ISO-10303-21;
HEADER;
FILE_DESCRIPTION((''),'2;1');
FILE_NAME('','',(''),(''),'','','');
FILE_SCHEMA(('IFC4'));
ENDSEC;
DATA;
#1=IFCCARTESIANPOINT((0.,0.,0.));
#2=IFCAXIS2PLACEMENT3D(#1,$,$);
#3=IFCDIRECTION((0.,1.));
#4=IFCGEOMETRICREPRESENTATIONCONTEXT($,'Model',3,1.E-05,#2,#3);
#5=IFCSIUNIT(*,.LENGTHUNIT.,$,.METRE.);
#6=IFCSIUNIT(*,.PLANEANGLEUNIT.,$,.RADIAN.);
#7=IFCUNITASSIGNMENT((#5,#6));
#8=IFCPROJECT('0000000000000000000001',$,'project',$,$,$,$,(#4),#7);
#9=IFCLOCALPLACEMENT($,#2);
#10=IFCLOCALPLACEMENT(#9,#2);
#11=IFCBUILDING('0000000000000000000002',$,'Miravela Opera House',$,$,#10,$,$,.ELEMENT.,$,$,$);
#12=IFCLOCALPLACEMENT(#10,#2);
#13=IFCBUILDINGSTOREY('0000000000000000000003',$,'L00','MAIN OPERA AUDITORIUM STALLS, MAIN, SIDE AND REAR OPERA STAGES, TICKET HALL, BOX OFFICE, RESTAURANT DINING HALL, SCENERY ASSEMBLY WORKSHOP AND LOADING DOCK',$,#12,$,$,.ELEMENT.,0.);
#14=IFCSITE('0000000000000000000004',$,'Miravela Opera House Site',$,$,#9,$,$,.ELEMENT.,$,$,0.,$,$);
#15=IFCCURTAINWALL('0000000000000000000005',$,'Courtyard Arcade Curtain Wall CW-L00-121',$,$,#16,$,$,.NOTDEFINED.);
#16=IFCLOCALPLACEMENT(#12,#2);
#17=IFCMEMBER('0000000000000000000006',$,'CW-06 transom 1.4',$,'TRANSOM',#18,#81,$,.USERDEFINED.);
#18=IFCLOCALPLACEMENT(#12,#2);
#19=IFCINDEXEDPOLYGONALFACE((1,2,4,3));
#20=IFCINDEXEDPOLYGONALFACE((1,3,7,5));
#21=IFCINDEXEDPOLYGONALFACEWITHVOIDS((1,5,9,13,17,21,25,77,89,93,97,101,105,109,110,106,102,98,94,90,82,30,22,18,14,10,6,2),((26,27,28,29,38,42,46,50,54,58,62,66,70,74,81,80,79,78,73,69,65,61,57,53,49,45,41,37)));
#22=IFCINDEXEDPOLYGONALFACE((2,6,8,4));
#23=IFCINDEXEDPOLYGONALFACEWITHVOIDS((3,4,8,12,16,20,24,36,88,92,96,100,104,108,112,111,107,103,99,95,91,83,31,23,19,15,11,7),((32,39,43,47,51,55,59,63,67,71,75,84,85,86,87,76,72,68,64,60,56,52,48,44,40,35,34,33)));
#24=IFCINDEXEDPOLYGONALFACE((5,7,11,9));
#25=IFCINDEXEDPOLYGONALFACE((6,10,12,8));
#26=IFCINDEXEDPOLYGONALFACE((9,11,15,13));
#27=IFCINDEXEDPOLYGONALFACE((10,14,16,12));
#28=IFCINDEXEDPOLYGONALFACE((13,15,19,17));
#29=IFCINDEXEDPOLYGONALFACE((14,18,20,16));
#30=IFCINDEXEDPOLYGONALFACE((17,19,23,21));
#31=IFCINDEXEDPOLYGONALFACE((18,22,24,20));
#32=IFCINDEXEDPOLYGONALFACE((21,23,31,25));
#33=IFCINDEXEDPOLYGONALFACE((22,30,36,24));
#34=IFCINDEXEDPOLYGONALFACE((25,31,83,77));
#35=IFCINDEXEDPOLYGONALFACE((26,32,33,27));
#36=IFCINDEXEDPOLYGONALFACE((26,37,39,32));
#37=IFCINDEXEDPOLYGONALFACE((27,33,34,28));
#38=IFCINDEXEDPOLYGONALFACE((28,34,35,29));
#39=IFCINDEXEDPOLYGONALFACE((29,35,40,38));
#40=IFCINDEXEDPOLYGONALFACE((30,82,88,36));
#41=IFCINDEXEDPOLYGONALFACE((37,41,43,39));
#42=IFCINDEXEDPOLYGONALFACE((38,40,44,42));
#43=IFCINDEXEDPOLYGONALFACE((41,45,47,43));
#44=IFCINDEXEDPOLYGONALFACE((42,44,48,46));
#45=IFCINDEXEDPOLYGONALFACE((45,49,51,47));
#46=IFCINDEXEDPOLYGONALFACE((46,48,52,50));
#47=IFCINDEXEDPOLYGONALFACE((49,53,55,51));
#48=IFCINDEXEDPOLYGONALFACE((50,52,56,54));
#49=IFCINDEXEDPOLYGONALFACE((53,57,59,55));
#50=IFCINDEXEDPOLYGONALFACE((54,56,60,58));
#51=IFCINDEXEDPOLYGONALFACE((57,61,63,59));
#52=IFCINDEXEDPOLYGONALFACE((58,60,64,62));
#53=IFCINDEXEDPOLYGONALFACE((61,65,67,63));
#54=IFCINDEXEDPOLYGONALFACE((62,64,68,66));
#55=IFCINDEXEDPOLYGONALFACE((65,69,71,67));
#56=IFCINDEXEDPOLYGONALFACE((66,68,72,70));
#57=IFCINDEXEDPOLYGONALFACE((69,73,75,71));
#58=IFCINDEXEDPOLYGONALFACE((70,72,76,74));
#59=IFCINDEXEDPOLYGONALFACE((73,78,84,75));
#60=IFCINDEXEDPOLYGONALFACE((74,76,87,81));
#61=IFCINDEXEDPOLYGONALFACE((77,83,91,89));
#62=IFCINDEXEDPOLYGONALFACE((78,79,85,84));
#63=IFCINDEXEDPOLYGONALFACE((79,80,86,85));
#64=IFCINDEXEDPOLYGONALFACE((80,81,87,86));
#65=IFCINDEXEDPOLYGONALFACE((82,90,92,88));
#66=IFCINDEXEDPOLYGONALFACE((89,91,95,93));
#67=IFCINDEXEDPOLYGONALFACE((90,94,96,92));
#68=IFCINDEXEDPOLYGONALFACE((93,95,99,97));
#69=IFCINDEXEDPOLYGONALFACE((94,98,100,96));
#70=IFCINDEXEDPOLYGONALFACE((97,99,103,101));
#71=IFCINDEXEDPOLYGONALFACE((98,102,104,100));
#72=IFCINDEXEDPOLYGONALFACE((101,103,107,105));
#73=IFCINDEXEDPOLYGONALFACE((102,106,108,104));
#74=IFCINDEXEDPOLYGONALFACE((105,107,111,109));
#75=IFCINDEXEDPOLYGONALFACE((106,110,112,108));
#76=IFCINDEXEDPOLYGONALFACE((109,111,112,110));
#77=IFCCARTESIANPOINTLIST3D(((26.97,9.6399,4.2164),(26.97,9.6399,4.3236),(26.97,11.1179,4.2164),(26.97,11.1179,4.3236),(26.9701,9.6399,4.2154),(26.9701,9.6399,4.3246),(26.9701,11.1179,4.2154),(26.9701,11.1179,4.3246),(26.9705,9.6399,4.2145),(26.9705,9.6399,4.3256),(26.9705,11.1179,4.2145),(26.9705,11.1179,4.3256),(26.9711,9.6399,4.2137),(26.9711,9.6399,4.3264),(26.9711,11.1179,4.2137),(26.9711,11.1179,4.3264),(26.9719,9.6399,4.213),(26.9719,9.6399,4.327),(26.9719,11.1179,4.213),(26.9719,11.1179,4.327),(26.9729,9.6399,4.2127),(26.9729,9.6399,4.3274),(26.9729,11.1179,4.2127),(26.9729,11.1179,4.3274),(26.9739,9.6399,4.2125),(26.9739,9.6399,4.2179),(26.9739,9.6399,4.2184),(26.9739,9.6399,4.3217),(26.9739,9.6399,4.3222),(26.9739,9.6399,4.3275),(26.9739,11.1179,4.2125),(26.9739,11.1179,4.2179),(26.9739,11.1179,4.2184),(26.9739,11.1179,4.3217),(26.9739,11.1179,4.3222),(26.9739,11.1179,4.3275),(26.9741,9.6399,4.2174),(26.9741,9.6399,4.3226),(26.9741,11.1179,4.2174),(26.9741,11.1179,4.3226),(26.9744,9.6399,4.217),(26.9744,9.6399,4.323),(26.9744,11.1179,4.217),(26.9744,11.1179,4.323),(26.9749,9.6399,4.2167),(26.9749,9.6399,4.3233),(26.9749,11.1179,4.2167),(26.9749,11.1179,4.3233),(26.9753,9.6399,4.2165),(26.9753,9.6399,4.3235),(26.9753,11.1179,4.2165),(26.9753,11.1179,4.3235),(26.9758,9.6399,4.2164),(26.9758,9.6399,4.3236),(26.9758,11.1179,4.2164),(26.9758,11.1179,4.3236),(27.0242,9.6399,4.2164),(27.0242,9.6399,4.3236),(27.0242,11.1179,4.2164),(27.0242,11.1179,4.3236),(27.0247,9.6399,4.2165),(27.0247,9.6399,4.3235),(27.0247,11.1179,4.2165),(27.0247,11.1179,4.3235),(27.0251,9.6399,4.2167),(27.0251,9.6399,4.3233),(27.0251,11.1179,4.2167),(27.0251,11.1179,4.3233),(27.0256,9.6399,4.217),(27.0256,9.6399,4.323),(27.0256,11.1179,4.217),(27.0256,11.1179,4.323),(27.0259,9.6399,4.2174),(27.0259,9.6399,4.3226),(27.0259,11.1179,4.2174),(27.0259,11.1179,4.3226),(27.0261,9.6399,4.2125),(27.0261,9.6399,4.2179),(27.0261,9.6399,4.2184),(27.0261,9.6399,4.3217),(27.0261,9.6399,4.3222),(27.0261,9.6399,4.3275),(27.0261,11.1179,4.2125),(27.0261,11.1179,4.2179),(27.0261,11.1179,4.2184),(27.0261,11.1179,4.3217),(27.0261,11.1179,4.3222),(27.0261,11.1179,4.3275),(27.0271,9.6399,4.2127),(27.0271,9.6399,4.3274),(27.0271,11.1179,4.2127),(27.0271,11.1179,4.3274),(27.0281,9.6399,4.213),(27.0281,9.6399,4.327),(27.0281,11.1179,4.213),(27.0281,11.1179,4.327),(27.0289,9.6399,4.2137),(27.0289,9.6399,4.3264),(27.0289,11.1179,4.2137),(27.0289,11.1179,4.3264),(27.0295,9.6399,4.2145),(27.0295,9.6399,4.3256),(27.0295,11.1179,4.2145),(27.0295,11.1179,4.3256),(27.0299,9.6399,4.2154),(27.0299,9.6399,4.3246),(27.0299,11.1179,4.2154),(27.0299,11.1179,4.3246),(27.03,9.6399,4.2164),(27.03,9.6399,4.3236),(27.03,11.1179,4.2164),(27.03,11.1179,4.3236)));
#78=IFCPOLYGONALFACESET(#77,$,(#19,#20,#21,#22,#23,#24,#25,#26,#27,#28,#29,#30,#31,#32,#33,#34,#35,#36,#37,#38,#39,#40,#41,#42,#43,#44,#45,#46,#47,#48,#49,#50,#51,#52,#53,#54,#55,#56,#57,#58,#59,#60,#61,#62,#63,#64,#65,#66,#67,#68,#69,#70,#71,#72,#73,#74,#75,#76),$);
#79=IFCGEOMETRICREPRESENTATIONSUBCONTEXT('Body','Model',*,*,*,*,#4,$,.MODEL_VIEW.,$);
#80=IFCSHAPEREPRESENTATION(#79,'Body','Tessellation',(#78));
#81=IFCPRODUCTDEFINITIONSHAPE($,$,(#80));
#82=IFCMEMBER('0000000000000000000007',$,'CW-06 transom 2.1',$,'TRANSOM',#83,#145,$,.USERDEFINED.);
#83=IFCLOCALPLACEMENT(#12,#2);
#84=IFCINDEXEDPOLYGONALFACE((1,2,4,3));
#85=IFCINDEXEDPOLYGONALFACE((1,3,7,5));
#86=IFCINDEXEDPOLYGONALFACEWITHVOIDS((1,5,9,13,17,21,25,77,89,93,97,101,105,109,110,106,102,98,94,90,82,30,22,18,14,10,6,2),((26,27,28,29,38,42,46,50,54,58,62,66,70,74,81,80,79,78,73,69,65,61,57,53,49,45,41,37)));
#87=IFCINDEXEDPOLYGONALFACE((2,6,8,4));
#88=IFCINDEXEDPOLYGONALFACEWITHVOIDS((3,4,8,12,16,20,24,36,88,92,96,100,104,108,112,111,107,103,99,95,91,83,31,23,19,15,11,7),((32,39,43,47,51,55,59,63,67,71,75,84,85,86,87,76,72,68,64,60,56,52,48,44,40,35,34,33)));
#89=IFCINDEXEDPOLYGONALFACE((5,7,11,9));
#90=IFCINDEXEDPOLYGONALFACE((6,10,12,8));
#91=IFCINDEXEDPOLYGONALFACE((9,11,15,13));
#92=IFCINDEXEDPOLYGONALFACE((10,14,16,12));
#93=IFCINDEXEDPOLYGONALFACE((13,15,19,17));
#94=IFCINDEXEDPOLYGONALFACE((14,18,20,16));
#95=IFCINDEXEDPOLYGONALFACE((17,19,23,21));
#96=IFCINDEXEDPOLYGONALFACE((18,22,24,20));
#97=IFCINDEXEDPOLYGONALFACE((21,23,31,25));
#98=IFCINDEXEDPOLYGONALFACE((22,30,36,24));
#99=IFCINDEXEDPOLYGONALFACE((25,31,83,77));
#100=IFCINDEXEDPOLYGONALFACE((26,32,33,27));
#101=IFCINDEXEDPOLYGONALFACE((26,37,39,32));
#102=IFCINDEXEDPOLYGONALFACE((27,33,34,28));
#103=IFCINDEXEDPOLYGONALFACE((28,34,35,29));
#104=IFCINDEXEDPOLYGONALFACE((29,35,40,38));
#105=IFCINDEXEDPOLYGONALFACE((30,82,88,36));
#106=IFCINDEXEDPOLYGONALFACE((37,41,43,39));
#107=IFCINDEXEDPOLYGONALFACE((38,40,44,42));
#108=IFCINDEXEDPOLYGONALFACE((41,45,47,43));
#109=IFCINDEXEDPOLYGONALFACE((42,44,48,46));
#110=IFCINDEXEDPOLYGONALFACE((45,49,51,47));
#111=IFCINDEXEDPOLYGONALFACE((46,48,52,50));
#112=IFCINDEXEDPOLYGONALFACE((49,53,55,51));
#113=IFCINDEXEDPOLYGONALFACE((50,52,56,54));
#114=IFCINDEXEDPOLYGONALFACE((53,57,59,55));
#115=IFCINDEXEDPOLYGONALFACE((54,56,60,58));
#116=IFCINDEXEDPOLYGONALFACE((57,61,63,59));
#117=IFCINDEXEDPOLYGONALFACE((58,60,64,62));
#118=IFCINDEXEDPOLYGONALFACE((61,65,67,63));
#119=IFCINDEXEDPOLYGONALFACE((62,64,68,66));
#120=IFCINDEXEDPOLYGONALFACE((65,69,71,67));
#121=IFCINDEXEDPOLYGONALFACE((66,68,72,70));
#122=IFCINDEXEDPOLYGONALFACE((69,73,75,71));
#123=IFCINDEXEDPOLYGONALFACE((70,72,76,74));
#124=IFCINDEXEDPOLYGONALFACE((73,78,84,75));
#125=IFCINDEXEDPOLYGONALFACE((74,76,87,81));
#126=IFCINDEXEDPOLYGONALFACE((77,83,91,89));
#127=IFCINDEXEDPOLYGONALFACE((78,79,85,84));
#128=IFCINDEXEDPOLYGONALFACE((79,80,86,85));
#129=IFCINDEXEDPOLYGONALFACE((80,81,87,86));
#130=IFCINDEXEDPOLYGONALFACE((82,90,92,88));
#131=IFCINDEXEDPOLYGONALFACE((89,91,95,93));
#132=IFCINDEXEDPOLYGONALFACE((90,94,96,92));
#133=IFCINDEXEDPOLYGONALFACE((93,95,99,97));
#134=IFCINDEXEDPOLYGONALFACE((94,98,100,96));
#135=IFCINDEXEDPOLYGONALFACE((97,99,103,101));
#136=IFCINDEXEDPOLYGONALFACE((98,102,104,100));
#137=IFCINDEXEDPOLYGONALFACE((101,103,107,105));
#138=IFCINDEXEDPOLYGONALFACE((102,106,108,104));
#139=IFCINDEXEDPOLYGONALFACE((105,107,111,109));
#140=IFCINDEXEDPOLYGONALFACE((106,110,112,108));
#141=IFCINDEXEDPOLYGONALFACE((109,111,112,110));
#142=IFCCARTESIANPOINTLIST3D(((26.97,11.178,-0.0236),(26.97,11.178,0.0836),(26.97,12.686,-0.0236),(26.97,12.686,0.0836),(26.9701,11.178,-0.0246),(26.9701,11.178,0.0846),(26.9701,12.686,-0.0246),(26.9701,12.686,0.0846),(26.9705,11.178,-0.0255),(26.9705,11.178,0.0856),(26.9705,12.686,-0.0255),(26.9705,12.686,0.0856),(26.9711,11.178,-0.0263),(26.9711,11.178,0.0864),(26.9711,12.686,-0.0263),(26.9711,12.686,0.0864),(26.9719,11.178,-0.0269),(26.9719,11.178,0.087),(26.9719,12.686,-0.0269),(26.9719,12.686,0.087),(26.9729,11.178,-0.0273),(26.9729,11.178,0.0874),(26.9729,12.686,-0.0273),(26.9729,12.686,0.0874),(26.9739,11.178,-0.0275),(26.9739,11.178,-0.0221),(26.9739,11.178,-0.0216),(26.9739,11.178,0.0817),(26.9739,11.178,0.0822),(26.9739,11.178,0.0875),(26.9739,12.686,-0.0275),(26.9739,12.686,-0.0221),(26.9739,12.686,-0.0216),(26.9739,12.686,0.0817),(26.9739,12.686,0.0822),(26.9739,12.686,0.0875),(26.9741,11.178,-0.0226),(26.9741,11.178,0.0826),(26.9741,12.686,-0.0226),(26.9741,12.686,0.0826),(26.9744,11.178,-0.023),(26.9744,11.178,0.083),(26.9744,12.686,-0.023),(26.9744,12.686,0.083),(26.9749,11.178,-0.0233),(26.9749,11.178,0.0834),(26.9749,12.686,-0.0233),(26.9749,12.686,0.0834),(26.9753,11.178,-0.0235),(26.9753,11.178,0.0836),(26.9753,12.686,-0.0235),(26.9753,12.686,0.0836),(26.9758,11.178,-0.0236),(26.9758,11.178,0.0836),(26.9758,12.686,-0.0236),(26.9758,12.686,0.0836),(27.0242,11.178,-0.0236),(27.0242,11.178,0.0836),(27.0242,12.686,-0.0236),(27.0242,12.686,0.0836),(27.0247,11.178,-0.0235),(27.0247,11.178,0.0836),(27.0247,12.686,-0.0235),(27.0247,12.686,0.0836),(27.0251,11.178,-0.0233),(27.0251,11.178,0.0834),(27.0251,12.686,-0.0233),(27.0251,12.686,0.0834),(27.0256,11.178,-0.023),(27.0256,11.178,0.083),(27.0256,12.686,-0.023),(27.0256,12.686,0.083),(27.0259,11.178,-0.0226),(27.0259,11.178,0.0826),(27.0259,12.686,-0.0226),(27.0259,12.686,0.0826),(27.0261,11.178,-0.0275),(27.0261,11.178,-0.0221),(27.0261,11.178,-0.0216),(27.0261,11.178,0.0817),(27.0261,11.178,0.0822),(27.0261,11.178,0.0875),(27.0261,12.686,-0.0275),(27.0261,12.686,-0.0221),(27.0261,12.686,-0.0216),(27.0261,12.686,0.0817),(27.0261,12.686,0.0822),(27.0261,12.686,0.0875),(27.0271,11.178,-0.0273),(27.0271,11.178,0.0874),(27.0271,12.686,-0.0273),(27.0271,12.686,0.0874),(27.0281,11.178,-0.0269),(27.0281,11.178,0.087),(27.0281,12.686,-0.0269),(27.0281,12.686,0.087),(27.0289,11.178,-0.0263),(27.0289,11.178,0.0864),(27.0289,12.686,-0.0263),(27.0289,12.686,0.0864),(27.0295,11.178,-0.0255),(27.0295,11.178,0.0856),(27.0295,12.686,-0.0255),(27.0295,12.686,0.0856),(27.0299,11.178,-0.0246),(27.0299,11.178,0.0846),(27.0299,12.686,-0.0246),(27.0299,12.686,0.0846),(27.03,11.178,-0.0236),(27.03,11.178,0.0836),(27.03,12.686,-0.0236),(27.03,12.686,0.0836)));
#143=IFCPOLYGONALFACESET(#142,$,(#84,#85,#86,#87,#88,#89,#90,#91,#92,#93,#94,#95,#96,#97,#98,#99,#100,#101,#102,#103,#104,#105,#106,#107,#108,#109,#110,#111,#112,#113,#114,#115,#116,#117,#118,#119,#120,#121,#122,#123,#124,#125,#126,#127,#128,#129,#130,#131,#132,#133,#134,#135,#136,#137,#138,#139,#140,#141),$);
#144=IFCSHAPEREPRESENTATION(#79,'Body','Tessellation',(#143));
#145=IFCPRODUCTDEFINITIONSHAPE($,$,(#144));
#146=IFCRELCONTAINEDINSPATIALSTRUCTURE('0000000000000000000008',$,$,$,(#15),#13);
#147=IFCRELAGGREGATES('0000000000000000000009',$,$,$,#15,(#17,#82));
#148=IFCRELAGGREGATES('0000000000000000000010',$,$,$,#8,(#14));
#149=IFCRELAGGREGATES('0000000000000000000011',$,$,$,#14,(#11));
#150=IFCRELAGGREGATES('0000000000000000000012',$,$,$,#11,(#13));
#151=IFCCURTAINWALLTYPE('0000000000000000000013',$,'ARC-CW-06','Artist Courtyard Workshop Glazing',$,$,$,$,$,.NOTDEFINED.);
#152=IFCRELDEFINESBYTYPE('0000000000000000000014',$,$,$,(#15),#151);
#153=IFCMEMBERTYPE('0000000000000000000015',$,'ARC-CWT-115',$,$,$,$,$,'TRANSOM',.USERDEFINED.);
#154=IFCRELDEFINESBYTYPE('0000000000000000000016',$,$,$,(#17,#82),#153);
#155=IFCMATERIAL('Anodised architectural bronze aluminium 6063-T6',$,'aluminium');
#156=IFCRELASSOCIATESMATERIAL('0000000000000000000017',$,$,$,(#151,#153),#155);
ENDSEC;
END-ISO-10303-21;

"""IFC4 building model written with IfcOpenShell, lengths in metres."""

from ifc_helpers import new_model, si_unit, direction, frame, origin, origin_2d, place, context, subcontext, project, spatial, hollow_rectangle, extrude, material, material_profile, profile_set, type_object, element, aggregate, save


model = new_model("IFC4")

# Units and contexts
model_context = context("Model", 3, precision=1e-05, world=origin(), true_north=direction((0.0, 1.0)))
body_context = subcontext(model_context, "Body", "Model", "MODEL_VIEW")
ifc_project = project(units=[si_unit("LENGTHUNIT", "METRE"), si_unit("PLANEANGLEUNIT", "RADIAN")], contexts=[model_context])

# Site, building, storey
site_placement = place(None, origin())
site = spatial("IfcSite", under=ifc_project, at=site_placement, Name="Miravela Opera House Site", CompositionType="ELEMENT", RefElevation=0.0)
building_placement = place(site_placement, origin())
building = spatial("IfcBuilding", under=site, at=building_placement, Name="Miravela Opera House", CompositionType="ELEMENT")
storey_placement = place(building_placement, origin())
storey = spatial("IfcBuildingStorey", under=building, at=storey_placement, Name="L00", Description="MAIN OPERA AUDITORIUM STALLS, MAIN, SIDE AND REAR OPERA STAGES, TICKET HALL, BOX OFFICE, RESTAURANT DINING HALL, SCENERY ASSEMBLY WORKSHOP AND LOADING DOCK", CompositionType="ELEMENT", Elevation=0.0)

# Shared definitions
ifc_material_1 = material(Name="Anodised architectural bronze aluminium 6063-T6", Category="aluminium")
curtain_wall_type = type_object("IfcCurtainWallType", Name="ARC-CW-06", Description="Artist Courtyard Workshop Glazing", PredefinedType="NOTDEFINED", material=ifc_material_1)

# Curtain wall, members
curtain_wall_1_placement = place(storey_placement, origin())
curtain_wall_1 = element("IfcCurtainWall", 1, at=curtain_wall_1_placement, inside=storey, type_object=curtain_wall_type, Name="Courtyard Arcade Curtain Wall CW-L00-121", PredefinedType="NOTDEFINED")
ifc_material_profile_1 = material_profile(ifc_material_1, hollow_rectangle(XDim=0.0601, YDim=0.115, WallThickness=0.0039, InnerFilletRadius=0.002, OuterFilletRadius=0.0039, at=origin_2d()), Name="CWT-60X115")
ifc_profile_set_1 = profile_set([ifc_material_profile_1])
member_type_1 = type_object("IfcMemberType", Name="ARC-CWT-115", ElementType="TRANSOM", PredefinedType="USERDEFINED", material=ifc_profile_set_1)
member_1_placement = place(storey_placement, frame((27.0, 9.6399, 4.27), z_axis=(0.0, 1.0, 0.0), x_axis=(-1.0, 0.0, 0.0)))
member_1 = element("IfcMember", 2, at=member_1_placement, type_object=member_type_1, Name="CW-06 transom 1.4", ObjectType="TRANSOM", PredefinedType="USERDEFINED", context=body_context, shape_type="SweptSolid", body=[
    extrude(hollow_rectangle(XDim=0.0601, YDim=0.115, WallThickness=0.0039, InnerFilletRadius=0.002, OuterFilletRadius=0.0039, at=origin_2d()), origin(), (0.0, 0.0, 1.0), 1.478),
])
member_2_placement = place(storey_placement, frame((27.0, 11.178, 0.03), z_axis=(0.0, 1.0, 0.0), x_axis=(-1.0, 0.0, 0.0)))
member_2 = element("IfcMember", 3, at=member_2_placement, type_object=member_type_1, Name="CW-06 transom 2.1", ObjectType="TRANSOM", PredefinedType="USERDEFINED", context=body_context, shape_type="SweptSolid", body=[
    extrude(hollow_rectangle(XDim=0.0601, YDim=0.115, WallThickness=0.0039, InnerFilletRadius=0.002, OuterFilletRadius=0.0039, at=origin_2d()), origin(), (0.0, 0.0, 1.0), 1.5081),
])

aggregate(curtain_wall_1, [member_1, member_2])

save(model, "model.ifc")
